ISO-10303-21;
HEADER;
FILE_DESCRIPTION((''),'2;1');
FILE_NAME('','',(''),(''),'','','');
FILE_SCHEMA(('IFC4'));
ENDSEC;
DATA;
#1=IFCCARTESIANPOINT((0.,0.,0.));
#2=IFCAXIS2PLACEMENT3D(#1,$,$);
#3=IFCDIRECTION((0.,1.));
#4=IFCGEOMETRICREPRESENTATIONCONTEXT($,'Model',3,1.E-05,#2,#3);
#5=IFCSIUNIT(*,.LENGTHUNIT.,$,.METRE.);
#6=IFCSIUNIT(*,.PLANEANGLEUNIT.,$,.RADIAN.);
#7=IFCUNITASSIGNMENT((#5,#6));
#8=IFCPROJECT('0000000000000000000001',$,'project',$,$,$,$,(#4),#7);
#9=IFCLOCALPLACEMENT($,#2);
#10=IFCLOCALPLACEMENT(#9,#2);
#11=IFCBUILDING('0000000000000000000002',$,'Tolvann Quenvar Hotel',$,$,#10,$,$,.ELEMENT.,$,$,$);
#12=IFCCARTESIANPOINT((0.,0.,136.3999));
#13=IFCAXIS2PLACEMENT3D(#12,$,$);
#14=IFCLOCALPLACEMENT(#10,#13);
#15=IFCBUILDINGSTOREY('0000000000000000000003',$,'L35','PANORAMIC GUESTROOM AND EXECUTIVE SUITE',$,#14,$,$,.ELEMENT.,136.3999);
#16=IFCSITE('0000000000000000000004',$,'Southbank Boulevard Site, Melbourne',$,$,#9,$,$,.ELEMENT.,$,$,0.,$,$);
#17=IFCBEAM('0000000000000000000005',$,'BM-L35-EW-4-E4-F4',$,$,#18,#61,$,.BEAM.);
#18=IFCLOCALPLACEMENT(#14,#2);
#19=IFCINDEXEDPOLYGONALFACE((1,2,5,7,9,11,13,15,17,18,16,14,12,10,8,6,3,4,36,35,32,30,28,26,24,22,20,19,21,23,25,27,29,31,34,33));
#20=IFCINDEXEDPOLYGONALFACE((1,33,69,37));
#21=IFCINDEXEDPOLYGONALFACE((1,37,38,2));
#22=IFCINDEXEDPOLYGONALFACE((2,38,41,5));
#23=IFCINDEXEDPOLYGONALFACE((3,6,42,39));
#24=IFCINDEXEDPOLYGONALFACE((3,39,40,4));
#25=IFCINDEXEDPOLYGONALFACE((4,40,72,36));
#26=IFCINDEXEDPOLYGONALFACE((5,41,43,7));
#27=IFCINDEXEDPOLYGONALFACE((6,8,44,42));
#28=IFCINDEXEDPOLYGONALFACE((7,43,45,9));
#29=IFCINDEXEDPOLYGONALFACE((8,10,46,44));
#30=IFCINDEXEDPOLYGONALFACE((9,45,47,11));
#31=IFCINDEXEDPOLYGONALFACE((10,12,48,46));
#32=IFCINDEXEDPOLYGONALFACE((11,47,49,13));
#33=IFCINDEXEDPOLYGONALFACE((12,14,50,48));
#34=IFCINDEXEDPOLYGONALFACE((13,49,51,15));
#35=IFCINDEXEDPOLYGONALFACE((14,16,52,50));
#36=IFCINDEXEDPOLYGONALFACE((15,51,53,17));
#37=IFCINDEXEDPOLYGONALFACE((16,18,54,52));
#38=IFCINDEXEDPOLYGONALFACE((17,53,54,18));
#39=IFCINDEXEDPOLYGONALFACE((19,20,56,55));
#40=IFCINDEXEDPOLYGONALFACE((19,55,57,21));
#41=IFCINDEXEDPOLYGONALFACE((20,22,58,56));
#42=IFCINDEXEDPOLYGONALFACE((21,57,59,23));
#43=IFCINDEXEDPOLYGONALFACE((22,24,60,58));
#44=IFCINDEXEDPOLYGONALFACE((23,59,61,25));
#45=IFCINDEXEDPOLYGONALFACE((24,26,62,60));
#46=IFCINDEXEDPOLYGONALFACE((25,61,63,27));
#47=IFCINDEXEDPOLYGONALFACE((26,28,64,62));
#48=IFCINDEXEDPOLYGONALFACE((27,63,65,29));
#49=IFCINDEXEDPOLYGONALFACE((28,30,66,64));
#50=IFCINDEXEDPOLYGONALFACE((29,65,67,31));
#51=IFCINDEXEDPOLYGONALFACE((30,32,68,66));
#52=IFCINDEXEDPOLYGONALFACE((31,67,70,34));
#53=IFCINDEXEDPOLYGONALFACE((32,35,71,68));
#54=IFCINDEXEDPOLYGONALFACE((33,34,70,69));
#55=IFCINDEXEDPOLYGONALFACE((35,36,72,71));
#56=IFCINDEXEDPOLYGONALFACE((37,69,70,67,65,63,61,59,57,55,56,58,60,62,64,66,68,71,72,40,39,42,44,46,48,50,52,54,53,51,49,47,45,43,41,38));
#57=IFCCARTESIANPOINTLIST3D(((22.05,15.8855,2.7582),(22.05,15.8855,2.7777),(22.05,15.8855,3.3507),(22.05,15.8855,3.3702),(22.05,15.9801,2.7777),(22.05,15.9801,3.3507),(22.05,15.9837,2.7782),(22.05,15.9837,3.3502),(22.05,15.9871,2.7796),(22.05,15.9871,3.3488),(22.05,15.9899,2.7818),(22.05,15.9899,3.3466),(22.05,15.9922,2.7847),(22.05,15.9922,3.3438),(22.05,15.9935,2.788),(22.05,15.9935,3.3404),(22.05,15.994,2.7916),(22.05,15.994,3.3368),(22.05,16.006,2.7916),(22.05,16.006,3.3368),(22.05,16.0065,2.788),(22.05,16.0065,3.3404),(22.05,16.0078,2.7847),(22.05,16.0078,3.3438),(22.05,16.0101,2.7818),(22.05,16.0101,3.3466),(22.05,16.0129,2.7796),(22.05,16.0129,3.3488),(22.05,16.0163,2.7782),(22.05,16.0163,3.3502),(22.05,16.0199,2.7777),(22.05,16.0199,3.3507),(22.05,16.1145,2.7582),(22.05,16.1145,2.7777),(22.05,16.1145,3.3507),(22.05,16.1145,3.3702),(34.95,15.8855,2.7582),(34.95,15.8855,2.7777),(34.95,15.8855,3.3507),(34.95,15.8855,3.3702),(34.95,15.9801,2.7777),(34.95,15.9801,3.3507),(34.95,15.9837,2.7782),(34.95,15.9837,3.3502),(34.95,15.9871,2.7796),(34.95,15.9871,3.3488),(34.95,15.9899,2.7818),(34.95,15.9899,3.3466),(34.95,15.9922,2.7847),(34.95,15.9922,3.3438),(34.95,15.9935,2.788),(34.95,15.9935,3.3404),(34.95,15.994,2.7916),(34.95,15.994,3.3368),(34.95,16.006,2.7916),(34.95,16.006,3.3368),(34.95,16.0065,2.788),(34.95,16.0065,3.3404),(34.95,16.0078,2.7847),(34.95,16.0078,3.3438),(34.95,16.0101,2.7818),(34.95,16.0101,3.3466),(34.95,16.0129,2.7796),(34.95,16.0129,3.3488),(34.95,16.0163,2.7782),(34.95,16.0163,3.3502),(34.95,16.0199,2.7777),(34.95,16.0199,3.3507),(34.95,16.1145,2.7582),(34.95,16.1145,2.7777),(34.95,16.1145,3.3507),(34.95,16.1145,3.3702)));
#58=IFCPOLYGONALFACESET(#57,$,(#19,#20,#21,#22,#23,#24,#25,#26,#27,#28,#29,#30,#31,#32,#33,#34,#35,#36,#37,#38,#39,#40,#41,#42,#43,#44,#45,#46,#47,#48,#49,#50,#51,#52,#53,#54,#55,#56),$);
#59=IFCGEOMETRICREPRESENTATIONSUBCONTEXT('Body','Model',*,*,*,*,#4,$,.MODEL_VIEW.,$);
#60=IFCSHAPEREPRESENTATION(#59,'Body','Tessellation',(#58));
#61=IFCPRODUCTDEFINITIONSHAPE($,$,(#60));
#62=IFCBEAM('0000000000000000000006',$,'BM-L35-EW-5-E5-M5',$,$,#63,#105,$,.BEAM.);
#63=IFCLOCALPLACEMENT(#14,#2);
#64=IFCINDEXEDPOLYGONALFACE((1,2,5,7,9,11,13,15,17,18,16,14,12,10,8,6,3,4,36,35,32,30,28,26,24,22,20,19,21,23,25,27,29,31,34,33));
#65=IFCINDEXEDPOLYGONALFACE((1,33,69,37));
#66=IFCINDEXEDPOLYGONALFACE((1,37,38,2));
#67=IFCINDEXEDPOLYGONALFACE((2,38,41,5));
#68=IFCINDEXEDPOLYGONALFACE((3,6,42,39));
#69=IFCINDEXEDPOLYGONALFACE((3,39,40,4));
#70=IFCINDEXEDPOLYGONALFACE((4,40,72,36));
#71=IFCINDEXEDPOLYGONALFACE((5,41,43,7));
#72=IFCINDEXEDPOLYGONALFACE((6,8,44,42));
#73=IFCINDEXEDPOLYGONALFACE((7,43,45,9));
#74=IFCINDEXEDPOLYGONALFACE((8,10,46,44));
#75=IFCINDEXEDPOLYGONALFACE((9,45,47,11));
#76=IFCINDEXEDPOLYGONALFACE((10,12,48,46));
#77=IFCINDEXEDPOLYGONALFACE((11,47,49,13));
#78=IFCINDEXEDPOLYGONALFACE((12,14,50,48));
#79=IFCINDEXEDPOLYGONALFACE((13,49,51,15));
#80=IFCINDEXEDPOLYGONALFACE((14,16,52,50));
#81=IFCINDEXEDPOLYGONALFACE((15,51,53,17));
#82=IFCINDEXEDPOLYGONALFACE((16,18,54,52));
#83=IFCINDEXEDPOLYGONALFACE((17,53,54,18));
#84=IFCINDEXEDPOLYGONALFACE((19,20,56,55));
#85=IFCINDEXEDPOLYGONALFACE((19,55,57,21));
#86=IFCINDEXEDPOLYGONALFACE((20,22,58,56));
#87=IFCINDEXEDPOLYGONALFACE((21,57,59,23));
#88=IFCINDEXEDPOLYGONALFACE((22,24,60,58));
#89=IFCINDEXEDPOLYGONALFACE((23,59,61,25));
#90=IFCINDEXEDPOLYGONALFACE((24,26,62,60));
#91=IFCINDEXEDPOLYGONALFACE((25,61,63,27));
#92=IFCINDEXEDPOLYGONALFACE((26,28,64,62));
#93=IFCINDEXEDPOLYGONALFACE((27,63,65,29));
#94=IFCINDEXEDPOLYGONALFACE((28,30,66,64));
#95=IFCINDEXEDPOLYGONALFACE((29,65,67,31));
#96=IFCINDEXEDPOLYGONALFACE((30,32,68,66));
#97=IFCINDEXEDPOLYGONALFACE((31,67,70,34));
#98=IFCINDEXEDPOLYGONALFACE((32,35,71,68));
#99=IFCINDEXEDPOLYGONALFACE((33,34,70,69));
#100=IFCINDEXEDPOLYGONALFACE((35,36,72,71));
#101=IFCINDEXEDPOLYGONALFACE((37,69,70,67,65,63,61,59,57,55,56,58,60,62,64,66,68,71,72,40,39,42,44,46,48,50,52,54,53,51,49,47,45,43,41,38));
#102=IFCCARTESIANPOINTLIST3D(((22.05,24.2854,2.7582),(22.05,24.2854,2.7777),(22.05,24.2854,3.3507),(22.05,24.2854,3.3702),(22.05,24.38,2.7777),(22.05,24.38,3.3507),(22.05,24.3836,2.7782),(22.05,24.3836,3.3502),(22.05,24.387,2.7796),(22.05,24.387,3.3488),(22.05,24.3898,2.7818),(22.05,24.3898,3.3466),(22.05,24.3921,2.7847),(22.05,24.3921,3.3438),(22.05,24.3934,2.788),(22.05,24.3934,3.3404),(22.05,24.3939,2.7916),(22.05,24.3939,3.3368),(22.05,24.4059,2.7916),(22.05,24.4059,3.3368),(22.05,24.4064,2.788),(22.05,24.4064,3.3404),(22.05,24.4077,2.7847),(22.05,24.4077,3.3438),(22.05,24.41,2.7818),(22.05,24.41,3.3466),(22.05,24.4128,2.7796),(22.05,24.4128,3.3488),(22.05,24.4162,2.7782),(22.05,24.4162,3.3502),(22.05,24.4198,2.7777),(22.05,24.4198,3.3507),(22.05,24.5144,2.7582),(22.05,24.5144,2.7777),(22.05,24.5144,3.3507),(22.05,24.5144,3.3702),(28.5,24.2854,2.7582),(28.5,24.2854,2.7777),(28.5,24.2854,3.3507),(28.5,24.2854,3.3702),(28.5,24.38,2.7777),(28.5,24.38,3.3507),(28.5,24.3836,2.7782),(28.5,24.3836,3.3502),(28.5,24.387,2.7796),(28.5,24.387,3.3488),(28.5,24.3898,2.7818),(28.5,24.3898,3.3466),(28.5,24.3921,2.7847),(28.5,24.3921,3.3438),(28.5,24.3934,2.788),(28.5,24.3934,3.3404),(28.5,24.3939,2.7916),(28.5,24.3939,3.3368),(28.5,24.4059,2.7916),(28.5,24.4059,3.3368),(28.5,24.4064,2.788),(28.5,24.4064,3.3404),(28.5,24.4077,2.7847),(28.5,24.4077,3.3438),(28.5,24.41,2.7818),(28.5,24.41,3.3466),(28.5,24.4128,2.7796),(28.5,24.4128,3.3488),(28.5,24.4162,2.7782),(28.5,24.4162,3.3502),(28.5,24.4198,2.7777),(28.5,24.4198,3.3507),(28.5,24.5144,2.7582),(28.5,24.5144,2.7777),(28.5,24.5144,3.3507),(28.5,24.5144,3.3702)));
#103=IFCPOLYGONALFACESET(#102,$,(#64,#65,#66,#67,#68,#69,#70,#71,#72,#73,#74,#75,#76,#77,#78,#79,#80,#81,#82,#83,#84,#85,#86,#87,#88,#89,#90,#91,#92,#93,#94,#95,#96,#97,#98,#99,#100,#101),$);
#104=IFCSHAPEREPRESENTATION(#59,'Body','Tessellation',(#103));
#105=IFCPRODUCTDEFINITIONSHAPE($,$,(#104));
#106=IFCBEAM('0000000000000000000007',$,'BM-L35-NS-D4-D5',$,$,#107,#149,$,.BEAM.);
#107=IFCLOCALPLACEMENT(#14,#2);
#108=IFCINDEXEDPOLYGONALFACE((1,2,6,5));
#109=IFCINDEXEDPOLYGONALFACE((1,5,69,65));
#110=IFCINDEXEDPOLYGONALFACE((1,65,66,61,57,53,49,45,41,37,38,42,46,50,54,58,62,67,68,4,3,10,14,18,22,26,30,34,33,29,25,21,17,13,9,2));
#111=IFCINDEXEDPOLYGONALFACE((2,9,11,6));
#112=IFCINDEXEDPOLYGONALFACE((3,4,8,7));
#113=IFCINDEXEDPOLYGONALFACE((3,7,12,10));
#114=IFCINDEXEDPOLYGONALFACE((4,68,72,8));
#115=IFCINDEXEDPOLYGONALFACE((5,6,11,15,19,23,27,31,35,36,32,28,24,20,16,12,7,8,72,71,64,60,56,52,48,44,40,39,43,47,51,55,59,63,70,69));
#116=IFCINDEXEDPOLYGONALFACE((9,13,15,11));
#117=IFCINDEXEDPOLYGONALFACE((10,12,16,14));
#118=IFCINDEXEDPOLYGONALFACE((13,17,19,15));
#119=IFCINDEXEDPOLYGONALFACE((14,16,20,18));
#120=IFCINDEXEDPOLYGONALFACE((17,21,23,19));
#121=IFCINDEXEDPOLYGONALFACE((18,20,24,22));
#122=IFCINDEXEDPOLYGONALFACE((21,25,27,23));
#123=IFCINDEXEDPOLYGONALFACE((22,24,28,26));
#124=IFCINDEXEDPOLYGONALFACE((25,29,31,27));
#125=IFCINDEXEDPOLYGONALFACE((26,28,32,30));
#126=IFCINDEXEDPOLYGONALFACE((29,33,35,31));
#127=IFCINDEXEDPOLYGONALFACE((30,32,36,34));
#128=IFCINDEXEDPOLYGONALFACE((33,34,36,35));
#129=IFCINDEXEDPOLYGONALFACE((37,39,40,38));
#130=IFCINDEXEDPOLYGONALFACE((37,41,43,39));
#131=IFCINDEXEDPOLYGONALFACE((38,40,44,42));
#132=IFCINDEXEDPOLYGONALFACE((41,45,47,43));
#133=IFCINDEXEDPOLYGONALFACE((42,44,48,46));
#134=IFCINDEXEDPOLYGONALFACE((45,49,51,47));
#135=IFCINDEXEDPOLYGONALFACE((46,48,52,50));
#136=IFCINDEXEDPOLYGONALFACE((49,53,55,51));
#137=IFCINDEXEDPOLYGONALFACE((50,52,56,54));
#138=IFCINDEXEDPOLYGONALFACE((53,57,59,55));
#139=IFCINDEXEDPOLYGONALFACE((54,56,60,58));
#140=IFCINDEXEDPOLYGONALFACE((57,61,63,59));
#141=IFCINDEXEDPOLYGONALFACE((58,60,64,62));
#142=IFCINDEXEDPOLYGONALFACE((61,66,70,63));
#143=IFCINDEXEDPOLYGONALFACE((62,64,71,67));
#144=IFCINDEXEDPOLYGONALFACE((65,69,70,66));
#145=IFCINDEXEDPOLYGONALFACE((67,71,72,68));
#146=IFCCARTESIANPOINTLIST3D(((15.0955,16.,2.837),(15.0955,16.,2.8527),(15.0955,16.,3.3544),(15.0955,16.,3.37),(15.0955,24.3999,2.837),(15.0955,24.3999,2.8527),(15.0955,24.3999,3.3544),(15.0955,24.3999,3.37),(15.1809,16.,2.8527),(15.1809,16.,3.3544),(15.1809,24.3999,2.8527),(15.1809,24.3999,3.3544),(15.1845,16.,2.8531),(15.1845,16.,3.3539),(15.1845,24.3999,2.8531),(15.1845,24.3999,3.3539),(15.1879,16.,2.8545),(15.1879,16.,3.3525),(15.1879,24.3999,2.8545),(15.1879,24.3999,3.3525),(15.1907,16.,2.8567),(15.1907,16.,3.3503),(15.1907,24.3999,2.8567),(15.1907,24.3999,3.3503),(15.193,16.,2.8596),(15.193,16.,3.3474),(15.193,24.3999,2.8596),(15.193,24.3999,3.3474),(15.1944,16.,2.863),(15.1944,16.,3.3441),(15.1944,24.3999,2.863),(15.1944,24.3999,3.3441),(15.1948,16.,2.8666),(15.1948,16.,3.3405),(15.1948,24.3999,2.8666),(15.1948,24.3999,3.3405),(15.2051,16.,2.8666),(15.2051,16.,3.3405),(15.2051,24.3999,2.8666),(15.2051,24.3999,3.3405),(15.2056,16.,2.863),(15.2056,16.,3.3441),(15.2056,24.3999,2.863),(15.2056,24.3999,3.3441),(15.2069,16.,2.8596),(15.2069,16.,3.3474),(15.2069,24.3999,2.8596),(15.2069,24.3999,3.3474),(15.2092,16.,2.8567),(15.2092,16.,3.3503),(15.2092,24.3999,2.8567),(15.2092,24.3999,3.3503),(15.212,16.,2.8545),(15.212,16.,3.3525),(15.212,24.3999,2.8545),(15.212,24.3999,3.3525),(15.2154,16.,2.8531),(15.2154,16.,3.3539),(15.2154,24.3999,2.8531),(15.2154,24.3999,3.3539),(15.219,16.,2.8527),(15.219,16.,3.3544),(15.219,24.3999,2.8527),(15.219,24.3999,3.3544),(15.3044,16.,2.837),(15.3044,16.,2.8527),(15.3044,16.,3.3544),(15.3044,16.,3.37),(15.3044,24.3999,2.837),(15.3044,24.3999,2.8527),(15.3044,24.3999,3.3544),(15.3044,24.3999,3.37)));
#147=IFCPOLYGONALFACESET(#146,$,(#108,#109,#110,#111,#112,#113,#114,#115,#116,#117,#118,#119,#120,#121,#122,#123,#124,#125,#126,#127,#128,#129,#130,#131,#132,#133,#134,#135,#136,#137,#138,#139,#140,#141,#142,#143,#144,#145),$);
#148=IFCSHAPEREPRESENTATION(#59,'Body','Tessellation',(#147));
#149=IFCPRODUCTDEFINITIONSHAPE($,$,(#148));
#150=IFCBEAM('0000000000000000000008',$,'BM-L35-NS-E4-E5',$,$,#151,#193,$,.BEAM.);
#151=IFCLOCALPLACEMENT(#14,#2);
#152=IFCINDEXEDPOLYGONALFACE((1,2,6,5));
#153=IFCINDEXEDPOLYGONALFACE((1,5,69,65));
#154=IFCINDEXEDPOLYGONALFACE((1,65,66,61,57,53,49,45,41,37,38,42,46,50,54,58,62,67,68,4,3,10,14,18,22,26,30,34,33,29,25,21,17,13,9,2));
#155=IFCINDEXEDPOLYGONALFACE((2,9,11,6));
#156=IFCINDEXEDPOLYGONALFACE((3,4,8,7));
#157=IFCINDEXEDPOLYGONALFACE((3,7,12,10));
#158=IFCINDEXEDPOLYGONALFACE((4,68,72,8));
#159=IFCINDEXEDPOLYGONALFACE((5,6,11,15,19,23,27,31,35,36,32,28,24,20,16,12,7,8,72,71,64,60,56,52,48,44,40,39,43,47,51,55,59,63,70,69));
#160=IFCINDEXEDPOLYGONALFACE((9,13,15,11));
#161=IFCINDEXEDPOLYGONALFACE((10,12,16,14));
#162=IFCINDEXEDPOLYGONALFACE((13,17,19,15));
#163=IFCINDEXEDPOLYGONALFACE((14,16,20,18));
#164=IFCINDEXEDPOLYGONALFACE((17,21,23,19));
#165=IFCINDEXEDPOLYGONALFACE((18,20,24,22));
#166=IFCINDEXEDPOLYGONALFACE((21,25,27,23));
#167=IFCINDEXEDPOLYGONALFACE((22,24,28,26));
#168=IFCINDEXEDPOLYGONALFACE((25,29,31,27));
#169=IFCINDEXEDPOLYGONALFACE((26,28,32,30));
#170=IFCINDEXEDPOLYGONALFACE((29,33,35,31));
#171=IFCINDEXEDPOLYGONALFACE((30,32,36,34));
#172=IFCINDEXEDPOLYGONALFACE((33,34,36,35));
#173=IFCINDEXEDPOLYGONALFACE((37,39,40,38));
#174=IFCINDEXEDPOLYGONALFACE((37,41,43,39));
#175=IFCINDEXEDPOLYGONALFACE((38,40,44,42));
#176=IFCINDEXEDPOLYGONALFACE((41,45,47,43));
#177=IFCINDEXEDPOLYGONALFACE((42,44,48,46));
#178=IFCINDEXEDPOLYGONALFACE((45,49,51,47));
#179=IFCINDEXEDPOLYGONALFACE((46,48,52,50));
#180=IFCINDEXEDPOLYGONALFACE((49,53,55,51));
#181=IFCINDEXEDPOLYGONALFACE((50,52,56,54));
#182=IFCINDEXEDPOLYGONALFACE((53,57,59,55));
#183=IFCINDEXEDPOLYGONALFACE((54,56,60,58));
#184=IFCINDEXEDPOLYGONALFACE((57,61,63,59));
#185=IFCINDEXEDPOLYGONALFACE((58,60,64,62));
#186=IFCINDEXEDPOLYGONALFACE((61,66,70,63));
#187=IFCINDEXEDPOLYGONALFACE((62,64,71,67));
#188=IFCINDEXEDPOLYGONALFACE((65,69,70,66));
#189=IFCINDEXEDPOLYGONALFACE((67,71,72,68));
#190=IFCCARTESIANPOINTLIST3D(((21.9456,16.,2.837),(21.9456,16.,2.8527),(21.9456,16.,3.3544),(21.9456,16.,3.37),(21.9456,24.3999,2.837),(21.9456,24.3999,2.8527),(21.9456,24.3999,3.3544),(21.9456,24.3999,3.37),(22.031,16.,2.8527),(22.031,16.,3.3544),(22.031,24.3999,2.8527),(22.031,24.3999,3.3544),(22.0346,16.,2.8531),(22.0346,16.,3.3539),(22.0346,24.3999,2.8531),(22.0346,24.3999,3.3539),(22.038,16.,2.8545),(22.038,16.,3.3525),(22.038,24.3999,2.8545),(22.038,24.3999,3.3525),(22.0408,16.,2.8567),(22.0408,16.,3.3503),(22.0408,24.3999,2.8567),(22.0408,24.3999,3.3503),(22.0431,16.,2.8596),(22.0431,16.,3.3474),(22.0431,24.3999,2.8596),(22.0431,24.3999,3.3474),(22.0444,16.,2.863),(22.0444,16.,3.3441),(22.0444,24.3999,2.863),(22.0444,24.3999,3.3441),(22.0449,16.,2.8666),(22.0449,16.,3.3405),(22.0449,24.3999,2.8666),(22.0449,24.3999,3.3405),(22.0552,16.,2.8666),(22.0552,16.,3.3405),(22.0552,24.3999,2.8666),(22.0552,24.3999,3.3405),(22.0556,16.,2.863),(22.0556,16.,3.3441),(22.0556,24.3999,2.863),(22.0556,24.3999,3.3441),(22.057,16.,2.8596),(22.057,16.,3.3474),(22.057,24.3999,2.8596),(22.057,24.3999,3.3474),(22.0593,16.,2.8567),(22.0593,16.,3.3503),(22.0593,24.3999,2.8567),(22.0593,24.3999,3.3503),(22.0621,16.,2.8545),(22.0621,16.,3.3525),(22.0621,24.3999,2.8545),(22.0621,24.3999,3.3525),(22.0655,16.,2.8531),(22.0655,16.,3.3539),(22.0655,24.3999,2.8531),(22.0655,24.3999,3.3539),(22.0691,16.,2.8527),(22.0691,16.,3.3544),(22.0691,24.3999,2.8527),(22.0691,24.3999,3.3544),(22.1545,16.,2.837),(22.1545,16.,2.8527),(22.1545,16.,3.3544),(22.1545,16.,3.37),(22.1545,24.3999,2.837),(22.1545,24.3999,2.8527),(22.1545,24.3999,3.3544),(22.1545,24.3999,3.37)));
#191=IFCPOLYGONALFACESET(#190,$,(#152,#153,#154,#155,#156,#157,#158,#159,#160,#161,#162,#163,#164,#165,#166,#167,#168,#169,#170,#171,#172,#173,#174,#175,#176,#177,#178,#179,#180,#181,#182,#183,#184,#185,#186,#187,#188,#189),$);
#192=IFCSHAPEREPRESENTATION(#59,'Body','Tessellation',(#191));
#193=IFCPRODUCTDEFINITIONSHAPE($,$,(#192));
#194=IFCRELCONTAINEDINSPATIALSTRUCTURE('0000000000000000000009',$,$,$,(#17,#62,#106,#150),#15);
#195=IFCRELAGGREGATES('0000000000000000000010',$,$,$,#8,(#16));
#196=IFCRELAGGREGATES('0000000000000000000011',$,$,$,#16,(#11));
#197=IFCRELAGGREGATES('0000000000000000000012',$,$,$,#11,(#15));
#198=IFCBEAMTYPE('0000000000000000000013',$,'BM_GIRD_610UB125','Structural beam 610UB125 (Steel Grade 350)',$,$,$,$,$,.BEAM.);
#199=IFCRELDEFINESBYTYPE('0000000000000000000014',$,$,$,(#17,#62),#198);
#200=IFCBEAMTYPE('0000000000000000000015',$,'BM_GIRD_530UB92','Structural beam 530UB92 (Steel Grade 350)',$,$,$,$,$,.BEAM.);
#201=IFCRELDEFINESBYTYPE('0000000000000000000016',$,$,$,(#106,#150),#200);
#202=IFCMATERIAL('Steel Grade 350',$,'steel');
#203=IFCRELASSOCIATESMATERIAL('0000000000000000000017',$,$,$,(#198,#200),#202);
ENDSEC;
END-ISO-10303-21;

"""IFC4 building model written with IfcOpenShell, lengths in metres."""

from ifc_helpers import new_model, si_unit, direction, frame, origin, origin_2d, place, context, subcontext, project, spatial, i_section, extrude, source, transform, mapped, material, material_profile, profile_set, type_object, type_shapes, element, save


model = new_model("IFC4")

# Units and contexts
model_context = context("Model", 3, precision=1e-05, world=origin(), true_north=direction((0.0, 1.0)))
body_context = subcontext(model_context, "Body", "Model", "MODEL_VIEW")
ifc_project = project(units=[si_unit("LENGTHUNIT", "METRE"), si_unit("PLANEANGLEUNIT", "RADIAN")], contexts=[model_context])

# Site, building, storey
site_placement = place(None, origin())
site = spatial("IfcSite", under=ifc_project, at=site_placement, Name="Southbank Boulevard Site, Melbourne", CompositionType="ELEMENT", RefElevation=0.0)
building_placement = place(site_placement, origin())
building = spatial("IfcBuilding", under=site, at=building_placement, Name="Tolvann Quenvar Hotel", CompositionType="ELEMENT")
storey_placement = place(building_placement, frame((0.0, 0.0, 136.3999)))
storey = spatial("IfcBuildingStorey", under=building, at=storey_placement, Name="L35", Description="PANORAMIC GUESTROOM AND EXECUTIVE SUITE", CompositionType="ELEMENT", Elevation=136.3999)

# Shared definitions
ifc_material_1 = material(Name="Steel Grade 350", Category="steel")

# Beams
ifc_material_profile_1 = material_profile(ifc_material_1, i_section(OverallWidth=0.229, OverallDepth=0.6121, WebThickness=0.012, FlangeThickness=0.0195, FilletRadius=0.0139, at=origin_2d()), Name="610UB125")
ifc_profile_set_1 = profile_set([ifc_material_profile_1], Name="Steel Grade 350")
beam_type_1 = type_object("IfcBeamType", Name="BM_GIRD_610UB125", Description="Structural beam 610UB125 (Steel Grade 350)", PredefinedType="BEAM", material=ifc_profile_set_1)
shared_shape_1 = source(origin(), body_context, "Body", "SweptSolid", [
    extrude(i_section(OverallWidth=0.229, OverallDepth=0.6121, WebThickness=0.012, FlangeThickness=0.0195, FilletRadius=0.0139, at=origin_2d()), origin(), (0.0, 0.0, 1.0), 12.8999),
])
beam_1_placement = place(storey_placement, frame((22.05, 16.0, 3.0642), z_axis=(1.0, 0.0, 0.0), x_axis=(0.0, 1.0, 0.0)))
element("IfcBeam", 1, at=beam_1_placement, inside=storey, type_object=beam_type_1, Name="BM-L35-EW-4-E4-F4", PredefinedType="BEAM", context=body_context, shape_type="MappedRepresentation", body=[
    mapped(shared_shape_1, transform((0.0, 0.0, 0.0), x_axis=(1.0, 0.0, 0.0), y_axis=(0.0, 1.0, 0.0), z_axis=(0.0, 0.0, 1.0), scale=1.0)),
])
shared_shape_2 = source(origin(), body_context, "Body", "SweptSolid", [
    extrude(i_section(OverallWidth=0.229, OverallDepth=0.6121, WebThickness=0.012, FlangeThickness=0.0195, FilletRadius=0.0139, at=origin_2d()), origin(), (0.0, 0.0, 1.0), 6.45),
])
beam_2_placement = place(storey_placement, frame((22.05, 24.3999, 3.0642), z_axis=(1.0, 0.0, 0.0), x_axis=(0.0, 1.0, 0.0)))
element("IfcBeam", 2, at=beam_2_placement, inside=storey, type_object=beam_type_1, Name="BM-L35-EW-5-E5-M5", PredefinedType="BEAM", context=body_context, shape_type="MappedRepresentation", body=[
    mapped(shared_shape_2, transform((0.0, 0.0, 0.0), x_axis=(1.0, 0.0, 0.0), y_axis=(0.0, 1.0, 0.0), z_axis=(0.0, 0.0, 1.0), scale=1.0)),
])
ifc_material_profile_2 = material_profile(ifc_material_1, i_section(OverallWidth=0.209, OverallDepth=0.533, WebThickness=0.0103, FlangeThickness=0.0156, FilletRadius=0.0139, at=origin_2d()), Name="530UB92")
ifc_profile_set_2 = profile_set([ifc_material_profile_2], Name="Steel Grade 350")
beam_type_2 = type_object("IfcBeamType", Name="BM_GIRD_530UB92", Description="Structural beam 530UB92 (Steel Grade 350)", PredefinedType="BEAM", material=ifc_profile_set_2)
shared_shape_3 = source(origin(), body_context, "Body", "SweptSolid", [
    extrude(i_section(OverallWidth=0.209, OverallDepth=0.533, WebThickness=0.0103, FlangeThickness=0.0156, FilletRadius=0.0139, at=origin_2d()), origin(), (0.0, 0.0, 1.0), 8.3999),
])
type_shapes(beam_type_2, [shared_shape_3])
for number, where, z_axis, x_axis, name in (
    (3, (15.2, 16.0, 3.1035), (0.0, 1.0, 0.0), (-1.0, 0.0, 0.0), "BM-L35-NS-D4-D5"),
    (4, (22.05, 16.0, 3.1035), (0.0, 1.0, 0.0), (-1.0, 0.0, 0.0), "BM-L35-NS-E4-E5"),
):
    element("IfcBeam", number, at=place(storey_placement, frame(where, z_axis=z_axis, x_axis=x_axis)), inside=storey, type_object=beam_type_2, Name=name, PredefinedType="BEAM", context=body_context, shape_type="MappedRepresentation", body=[
        mapped(shared_shape_3, transform((0.0, 0.0, 0.0), x_axis=(1.0, 0.0, 0.0), y_axis=(0.0, 1.0, 0.0), z_axis=(0.0, 0.0, 1.0), scale=1.0)),
    ])

save(model, "model.ifc")
